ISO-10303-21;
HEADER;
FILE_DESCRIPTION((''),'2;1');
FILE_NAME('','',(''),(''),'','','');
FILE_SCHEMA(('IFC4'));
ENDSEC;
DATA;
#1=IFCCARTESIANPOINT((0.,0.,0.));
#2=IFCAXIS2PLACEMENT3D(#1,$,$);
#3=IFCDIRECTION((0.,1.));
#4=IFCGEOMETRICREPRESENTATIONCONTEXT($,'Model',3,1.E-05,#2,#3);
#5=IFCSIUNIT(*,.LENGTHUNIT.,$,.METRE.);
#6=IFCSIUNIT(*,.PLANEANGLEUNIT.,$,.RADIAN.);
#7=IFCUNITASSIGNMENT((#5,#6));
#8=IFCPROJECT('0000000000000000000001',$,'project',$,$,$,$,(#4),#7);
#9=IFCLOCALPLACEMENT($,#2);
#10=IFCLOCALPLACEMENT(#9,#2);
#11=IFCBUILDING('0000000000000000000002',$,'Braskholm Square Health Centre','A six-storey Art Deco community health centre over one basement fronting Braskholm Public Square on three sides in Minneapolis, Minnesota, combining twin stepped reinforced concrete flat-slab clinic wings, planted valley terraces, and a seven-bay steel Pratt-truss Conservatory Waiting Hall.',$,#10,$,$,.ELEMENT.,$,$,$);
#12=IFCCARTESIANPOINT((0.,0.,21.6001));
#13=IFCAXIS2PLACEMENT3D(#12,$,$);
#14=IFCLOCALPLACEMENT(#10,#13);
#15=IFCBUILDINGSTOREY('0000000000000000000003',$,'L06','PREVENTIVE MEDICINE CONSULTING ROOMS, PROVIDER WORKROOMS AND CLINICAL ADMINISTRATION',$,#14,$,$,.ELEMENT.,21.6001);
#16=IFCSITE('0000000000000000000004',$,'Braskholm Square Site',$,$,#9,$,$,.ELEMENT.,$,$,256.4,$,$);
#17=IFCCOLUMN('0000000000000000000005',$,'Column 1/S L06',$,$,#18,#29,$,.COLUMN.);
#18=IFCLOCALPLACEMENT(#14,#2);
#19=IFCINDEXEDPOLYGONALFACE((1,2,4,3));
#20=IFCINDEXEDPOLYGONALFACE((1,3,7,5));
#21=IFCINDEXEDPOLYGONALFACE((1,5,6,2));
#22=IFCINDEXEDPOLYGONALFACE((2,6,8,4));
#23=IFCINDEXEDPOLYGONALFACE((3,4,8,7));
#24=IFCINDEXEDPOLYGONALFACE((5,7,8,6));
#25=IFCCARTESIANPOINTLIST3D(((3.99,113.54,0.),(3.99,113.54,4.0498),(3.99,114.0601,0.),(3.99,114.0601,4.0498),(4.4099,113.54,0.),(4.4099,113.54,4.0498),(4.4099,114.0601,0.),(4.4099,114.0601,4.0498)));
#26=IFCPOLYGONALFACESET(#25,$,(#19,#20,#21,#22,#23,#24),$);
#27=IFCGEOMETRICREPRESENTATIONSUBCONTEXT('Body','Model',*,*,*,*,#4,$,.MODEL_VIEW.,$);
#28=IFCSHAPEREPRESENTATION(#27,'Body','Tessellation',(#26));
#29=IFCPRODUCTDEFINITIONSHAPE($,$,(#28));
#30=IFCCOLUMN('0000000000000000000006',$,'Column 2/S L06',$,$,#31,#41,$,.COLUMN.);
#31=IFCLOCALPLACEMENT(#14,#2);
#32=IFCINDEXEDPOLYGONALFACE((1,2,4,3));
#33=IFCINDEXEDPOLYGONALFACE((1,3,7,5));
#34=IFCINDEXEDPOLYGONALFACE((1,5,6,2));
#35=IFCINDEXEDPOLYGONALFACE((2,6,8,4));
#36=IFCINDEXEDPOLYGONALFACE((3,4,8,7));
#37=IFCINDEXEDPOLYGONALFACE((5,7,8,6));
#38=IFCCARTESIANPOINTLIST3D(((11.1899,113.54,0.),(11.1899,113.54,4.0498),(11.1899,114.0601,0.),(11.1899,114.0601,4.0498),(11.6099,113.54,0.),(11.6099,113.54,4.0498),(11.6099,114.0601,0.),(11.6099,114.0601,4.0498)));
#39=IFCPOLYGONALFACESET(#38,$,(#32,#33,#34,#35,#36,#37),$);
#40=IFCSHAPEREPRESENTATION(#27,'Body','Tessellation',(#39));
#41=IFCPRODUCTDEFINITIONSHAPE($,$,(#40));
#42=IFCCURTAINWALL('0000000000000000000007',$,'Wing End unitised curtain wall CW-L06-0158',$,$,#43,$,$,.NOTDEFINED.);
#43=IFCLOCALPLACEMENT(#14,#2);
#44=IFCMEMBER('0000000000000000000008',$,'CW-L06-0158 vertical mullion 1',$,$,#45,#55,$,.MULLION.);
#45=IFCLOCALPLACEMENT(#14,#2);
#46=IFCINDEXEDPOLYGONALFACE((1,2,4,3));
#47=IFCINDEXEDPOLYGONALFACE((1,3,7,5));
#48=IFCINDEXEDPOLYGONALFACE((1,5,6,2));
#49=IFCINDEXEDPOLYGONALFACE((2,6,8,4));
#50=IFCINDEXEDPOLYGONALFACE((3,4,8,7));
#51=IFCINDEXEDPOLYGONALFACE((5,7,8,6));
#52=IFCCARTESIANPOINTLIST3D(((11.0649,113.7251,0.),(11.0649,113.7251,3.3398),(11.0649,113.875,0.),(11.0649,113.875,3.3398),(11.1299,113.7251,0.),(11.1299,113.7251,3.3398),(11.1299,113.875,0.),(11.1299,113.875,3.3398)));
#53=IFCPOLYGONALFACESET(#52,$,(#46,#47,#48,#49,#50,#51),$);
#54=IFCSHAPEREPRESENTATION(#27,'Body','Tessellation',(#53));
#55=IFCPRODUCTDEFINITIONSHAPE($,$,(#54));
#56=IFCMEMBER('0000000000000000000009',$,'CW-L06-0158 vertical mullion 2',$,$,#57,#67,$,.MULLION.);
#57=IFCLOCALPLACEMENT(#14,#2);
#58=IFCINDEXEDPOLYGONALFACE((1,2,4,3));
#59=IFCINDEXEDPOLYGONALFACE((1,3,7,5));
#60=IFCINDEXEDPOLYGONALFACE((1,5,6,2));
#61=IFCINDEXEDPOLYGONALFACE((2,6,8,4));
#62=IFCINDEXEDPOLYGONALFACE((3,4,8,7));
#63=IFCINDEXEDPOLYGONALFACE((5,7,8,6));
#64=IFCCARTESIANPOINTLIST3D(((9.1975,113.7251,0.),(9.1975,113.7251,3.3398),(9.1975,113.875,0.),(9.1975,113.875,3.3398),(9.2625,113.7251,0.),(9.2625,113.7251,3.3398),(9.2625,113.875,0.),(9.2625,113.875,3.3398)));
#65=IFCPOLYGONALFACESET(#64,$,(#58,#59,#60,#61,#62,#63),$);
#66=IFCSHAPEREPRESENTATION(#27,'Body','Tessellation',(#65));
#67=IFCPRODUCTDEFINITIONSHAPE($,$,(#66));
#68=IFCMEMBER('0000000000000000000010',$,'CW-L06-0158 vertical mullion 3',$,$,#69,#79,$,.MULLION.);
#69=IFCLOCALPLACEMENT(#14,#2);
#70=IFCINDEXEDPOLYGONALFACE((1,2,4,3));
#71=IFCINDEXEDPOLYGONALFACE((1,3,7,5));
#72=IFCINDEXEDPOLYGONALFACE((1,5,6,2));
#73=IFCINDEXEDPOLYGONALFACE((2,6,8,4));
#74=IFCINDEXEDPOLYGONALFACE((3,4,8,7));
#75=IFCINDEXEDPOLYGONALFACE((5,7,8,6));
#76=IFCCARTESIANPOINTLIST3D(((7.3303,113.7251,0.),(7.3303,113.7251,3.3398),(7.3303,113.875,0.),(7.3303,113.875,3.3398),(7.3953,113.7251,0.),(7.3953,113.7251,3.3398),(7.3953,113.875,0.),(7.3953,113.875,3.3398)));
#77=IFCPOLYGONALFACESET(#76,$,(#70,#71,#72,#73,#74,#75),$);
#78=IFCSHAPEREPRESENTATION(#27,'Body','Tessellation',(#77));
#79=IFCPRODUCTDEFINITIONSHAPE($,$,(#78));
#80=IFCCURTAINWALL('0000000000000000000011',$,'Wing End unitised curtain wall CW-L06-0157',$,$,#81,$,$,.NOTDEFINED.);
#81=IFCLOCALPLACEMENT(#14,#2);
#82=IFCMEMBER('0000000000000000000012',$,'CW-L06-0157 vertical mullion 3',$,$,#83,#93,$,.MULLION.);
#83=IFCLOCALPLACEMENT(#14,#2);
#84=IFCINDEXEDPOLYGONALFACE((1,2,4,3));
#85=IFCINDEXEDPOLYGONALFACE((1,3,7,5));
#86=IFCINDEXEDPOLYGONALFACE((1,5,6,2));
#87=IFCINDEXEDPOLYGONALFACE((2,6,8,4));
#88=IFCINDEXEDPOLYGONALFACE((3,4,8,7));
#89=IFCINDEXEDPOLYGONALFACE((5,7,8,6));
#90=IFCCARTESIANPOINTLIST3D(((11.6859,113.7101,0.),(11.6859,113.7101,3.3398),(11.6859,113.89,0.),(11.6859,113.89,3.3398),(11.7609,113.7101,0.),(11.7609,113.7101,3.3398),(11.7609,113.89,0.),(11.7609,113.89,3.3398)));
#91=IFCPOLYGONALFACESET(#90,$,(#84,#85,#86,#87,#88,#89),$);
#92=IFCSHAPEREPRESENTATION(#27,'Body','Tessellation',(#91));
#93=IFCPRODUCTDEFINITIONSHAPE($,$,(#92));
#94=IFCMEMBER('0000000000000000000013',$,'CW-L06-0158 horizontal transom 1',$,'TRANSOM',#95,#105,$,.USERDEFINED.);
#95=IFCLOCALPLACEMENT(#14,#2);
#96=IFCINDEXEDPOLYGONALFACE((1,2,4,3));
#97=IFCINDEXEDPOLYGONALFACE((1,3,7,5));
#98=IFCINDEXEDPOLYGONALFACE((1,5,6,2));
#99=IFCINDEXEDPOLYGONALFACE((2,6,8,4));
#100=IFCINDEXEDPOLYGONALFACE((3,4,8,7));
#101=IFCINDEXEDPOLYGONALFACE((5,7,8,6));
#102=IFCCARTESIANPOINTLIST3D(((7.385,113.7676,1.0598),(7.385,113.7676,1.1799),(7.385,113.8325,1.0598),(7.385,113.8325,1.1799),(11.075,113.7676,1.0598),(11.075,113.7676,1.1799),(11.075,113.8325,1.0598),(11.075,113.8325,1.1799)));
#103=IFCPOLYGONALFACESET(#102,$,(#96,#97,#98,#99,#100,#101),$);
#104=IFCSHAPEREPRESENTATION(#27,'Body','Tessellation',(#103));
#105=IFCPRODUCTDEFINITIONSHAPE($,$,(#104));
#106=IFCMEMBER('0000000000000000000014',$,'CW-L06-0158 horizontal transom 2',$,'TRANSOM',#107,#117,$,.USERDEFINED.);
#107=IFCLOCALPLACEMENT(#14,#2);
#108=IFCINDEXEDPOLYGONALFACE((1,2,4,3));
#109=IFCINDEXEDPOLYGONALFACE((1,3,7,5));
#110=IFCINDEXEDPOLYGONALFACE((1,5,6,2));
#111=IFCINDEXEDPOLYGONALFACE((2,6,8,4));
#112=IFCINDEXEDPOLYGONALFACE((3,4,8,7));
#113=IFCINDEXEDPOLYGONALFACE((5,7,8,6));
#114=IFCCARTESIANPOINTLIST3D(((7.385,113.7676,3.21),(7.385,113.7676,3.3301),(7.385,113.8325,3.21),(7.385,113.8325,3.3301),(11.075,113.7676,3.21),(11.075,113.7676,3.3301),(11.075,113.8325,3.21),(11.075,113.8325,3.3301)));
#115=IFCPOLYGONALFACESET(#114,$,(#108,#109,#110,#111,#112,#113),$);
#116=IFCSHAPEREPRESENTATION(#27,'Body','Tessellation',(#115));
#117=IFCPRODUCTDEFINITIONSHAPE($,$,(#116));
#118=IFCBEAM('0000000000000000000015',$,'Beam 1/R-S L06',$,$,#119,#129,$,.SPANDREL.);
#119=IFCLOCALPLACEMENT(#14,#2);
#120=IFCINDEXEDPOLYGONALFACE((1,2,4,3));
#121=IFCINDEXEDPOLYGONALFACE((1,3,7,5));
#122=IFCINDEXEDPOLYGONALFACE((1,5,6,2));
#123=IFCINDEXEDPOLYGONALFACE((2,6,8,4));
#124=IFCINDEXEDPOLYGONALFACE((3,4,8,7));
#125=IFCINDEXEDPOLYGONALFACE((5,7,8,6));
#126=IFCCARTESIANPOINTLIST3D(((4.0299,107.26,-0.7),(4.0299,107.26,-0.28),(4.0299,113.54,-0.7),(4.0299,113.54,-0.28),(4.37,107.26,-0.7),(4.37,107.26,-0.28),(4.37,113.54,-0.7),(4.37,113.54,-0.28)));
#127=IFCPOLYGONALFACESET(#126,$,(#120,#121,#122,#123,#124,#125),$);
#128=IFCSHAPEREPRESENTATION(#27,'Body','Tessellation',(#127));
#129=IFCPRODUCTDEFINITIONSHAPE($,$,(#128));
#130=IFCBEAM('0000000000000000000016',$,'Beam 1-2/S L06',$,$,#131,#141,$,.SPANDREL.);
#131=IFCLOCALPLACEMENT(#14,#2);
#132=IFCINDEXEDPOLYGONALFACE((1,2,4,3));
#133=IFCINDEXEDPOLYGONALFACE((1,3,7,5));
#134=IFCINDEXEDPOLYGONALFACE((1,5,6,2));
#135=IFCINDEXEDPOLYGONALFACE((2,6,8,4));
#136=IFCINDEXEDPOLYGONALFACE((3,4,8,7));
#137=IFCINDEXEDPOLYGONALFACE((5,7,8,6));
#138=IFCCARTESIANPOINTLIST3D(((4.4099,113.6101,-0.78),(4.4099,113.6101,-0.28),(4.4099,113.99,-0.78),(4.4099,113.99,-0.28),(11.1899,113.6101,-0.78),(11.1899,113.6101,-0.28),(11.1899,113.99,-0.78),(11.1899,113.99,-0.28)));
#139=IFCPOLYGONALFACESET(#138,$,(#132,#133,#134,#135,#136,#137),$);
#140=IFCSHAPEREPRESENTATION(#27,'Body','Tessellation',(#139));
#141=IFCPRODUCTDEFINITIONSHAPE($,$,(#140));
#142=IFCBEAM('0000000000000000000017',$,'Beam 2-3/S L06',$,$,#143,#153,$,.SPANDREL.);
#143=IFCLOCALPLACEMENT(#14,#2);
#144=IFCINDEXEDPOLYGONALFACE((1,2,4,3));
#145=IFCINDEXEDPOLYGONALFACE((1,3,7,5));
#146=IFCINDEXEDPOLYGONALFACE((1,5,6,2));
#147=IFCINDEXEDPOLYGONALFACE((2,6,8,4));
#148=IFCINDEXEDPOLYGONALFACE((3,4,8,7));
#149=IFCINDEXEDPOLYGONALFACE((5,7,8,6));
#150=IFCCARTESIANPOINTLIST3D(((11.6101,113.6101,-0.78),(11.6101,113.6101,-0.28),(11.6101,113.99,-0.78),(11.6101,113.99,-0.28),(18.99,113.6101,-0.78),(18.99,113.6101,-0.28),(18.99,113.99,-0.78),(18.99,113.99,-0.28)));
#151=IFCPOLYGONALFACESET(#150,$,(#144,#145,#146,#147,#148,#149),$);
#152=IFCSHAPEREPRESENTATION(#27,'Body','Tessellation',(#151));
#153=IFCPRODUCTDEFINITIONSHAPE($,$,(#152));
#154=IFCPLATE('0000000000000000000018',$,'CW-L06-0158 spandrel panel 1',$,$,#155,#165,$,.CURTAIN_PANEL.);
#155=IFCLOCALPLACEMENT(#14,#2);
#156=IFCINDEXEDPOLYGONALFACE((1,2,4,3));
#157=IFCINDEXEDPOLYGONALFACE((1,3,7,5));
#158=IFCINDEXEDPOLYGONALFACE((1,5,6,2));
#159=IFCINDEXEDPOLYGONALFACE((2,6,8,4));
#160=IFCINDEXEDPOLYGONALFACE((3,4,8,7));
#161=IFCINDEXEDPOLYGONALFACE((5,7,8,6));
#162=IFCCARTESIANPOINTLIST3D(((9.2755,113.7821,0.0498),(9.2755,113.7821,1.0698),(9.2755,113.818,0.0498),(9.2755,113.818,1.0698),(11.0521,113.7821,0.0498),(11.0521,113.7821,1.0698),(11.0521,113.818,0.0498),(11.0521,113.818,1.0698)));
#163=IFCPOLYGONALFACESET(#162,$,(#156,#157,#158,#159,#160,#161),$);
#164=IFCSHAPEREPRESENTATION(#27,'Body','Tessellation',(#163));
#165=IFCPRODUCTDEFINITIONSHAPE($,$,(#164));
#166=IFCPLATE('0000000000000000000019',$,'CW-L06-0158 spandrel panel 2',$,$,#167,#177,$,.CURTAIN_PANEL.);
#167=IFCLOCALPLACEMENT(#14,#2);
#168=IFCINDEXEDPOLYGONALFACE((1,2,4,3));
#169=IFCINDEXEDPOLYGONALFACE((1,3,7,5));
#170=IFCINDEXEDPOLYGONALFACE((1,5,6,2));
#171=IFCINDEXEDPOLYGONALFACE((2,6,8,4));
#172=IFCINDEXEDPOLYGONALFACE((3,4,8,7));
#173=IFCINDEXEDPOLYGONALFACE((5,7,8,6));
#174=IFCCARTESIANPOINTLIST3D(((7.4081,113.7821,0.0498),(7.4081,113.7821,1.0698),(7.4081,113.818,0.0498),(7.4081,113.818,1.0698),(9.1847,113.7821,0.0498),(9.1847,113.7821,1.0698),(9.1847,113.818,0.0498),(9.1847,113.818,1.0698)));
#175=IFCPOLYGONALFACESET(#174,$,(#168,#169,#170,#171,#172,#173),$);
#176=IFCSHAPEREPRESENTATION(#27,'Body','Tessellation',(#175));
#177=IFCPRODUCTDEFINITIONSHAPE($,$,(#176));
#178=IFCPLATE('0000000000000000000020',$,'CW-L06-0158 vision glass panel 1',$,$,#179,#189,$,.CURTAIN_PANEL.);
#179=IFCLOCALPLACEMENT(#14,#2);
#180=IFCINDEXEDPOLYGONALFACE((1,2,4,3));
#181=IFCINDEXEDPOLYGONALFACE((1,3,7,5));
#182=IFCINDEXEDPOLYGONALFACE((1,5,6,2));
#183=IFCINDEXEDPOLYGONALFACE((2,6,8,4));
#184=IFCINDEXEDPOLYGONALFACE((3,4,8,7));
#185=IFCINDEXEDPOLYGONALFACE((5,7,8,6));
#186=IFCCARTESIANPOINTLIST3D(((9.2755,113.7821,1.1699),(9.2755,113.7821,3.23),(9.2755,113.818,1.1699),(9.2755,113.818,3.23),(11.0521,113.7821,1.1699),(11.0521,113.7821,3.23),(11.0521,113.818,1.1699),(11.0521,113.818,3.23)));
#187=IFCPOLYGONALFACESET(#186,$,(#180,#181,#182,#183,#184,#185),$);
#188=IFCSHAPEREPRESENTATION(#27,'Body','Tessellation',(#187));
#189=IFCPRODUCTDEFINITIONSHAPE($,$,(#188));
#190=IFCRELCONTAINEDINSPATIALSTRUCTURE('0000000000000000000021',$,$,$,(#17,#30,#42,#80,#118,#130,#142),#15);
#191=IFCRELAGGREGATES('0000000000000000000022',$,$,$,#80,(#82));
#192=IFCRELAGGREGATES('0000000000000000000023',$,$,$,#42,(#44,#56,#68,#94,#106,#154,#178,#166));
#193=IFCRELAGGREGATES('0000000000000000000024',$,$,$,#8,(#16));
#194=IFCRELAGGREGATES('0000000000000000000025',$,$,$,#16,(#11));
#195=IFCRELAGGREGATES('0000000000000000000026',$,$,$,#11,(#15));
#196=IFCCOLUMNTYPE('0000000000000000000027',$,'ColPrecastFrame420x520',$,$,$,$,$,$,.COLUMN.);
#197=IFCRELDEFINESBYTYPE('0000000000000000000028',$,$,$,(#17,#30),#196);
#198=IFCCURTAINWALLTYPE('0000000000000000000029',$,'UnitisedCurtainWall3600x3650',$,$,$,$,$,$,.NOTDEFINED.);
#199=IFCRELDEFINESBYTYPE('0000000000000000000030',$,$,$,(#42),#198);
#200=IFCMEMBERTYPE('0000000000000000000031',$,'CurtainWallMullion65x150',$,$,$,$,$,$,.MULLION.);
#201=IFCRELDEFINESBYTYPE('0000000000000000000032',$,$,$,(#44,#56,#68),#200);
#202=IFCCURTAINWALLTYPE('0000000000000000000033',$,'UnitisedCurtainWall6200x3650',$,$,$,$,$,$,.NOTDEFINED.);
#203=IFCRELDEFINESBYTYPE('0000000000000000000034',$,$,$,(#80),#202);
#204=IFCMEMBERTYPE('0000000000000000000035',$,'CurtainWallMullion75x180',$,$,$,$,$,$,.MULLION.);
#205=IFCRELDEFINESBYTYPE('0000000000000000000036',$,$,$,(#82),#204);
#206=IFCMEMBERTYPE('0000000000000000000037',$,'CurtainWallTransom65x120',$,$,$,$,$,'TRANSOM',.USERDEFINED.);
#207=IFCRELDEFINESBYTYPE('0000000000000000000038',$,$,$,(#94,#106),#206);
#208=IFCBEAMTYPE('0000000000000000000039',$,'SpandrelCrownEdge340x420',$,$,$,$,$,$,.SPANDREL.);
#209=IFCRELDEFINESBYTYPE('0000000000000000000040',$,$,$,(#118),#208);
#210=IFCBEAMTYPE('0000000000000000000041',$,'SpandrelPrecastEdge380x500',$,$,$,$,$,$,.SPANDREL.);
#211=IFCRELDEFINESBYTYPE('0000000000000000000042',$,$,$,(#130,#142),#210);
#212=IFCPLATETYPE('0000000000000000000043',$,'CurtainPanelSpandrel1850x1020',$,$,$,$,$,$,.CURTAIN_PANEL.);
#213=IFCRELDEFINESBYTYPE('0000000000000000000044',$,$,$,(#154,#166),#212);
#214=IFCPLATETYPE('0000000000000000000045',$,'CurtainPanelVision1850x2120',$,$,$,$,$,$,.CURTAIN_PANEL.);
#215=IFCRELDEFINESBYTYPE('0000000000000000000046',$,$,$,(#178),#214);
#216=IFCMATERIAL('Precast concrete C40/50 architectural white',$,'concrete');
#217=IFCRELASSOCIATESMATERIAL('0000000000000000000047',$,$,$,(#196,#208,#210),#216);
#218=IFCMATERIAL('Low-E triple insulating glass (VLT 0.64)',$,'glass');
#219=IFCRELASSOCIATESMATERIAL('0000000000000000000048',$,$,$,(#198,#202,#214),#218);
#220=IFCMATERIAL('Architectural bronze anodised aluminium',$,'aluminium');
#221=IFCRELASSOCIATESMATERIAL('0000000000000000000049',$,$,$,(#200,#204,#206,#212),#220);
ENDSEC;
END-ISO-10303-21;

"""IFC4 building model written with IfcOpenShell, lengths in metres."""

from ifc_helpers import new_model, si_unit, direction, frame, origin, origin_2d, place, context, subcontext, project, spatial, rectangle, extrude, material, material_profile, profile_set, type_object, element, aggregate, save


model = new_model("IFC4")

# Units and contexts
model_context = context("Model", 3, precision=1e-05, world=origin(), true_north=direction((0.0, 1.0)))
body_context = subcontext(model_context, "Body", "Model", "MODEL_VIEW")
ifc_project = project(units=[si_unit("LENGTHUNIT", "METRE"), si_unit("PLANEANGLEUNIT", "RADIAN")], contexts=[model_context])

# Site, building, storey
site_placement = place(None, origin())
site = spatial("IfcSite", under=ifc_project, at=site_placement, Name="Braskholm Square Site", CompositionType="ELEMENT", RefElevation=256.4)
building_placement = place(site_placement, origin())
building = spatial("IfcBuilding", under=site, at=building_placement, Name="Braskholm Square Health Centre", Description="A six-storey Art Deco community health centre over one basement fronting Braskholm Public Square on three sides in Minneapolis, Minnesota, combining twin stepped reinforced concrete flat-slab clinic wings, planted valley terraces, and a seven-bay steel Pratt-truss Conservatory Waiting Hall.", CompositionType="ELEMENT")
storey_placement = place(building_placement, frame((0.0, 0.0, 21.6001)))
storey = spatial("IfcBuildingStorey", under=building, at=storey_placement, Name="L06", Description="PREVENTIVE MEDICINE CONSULTING ROOMS, PROVIDER WORKROOMS AND CLINICAL ADMINISTRATION", CompositionType="ELEMENT", Elevation=21.6001)

# Columns
ifc_material_1 = material(Name="Precast concrete C40/50 architectural white", Category="concrete")
ifc_material_profile_1 = material_profile(ifc_material_1, rectangle(XDim=0.4199, YDim=0.52, at=origin_2d()), Name="RC-420X520")
ifc_profile_set_1 = profile_set([ifc_material_profile_1], Name="Precast concrete C40/50 architectural white")
column_type = type_object("IfcColumnType", Name="ColPrecastFrame420x520", PredefinedType="COLUMN", material=ifc_profile_set_1)
for number, where, z_axis, x_axis, name in (
    (1, (4.2, 113.8, 0.0), (0.0, 0.0, 1.0), (1.0, 0.0, 0.0), "Column 1/S L06"),
    (2, (11.3999, 113.8, 0.0), (0.0, 0.0, 1.0), (1.0, 0.0, 0.0), "Column 2/S L06"),
):
    element("IfcColumn", number, at=place(storey_placement, frame(where, z_axis=z_axis, x_axis=x_axis)), inside=storey, type_object=column_type, Name=name, PredefinedType="COLUMN", context=body_context, shape_type="SweptSolid", body=[
        extrude(rectangle(XDim=0.4199, YDim=0.52, at=origin_2d()), origin(), (0.0, 0.0, 1.0), 4.0498),
    ])

# Curtain wall, members
ifc_material_2 = material(Name="Low-E triple insulating glass (VLT 0.64)", Category="glass")
curtain_wall_type_1 = type_object("IfcCurtainWallType", Name="UnitisedCurtainWall3600x3650", PredefinedType="NOTDEFINED", material=ifc_material_2)
curtain_wall_1_placement = place(storey_placement, origin())
curtain_wall_1 = element("IfcCurtainWall", 3, at=curtain_wall_1_placement, inside=storey, type_object=curtain_wall_type_1, Name="Wing End unitised curtain wall CW-L06-0158", PredefinedType="NOTDEFINED")
ifc_material_3 = material(Name="Architectural bronze anodised aluminium", Category="aluminium")
ifc_material_profile_2 = material_profile(ifc_material_3, rectangle(XDim=0.0649, YDim=0.1499, at=origin_2d()), Name="ALU-65X150")
ifc_profile_set_2 = profile_set([ifc_material_profile_2], Name="Architectural bronze anodised aluminium")
member_type_1 = type_object("IfcMemberType", Name="CurtainWallMullion65x150", PredefinedType="MULLION", material=ifc_profile_set_2)
member_1_placement = place(storey_placement, frame((11.0974, 113.8, 0.0), z_axis=(0.0, 0.0, 1.0), x_axis=(1.0, 0.0, 0.0)))
member_1 = element("IfcMember", 4, at=member_1_placement, type_object=member_type_1, Name="CW-L06-0158 vertical mullion 1", PredefinedType="MULLION", context=body_context, shape_type="SweptSolid", body=[
    extrude(rectangle(XDim=0.0649, YDim=0.1499, at=origin_2d()), origin(), (0.0, 0.0, 1.0), 3.3398),
])
member_2_placement = place(storey_placement, frame((9.23, 113.8, 0.0), z_axis=(0.0, 0.0, 1.0), x_axis=(1.0, 0.0, 0.0)))
member_2 = element("IfcMember", 5, at=member_2_placement, type_object=member_type_1, Name="CW-L06-0158 vertical mullion 2", PredefinedType="MULLION", context=body_context, shape_type="SweptSolid", body=[
    extrude(rectangle(XDim=0.0649, YDim=0.1499, at=origin_2d()), origin(), (0.0, 0.0, 1.0), 3.3398),
])
member_3_placement = place(storey_placement, frame((7.3628, 113.8, 0.0), z_axis=(0.0, 0.0, 1.0), x_axis=(1.0, 0.0, 0.0)))
member_3 = element("IfcMember", 6, at=member_3_placement, type_object=member_type_1, Name="CW-L06-0158 vertical mullion 3", PredefinedType="MULLION", context=body_context, shape_type="SweptSolid", body=[
    extrude(rectangle(XDim=0.0649, YDim=0.1499, at=origin_2d()), origin(), (0.0, 0.0, 1.0), 3.3398),
])

# Curtain wall, member
curtain_wall_type_2 = type_object("IfcCurtainWallType", Name="UnitisedCurtainWall6200x3650", PredefinedType="NOTDEFINED", material=ifc_material_2)
curtain_wall_2_placement = place(storey_placement, origin())
curtain_wall_2 = element("IfcCurtainWall", 7, at=curtain_wall_2_placement, inside=storey, type_object=curtain_wall_type_2, Name="Wing End unitised curtain wall CW-L06-0157", PredefinedType="NOTDEFINED")
ifc_material_profile_3 = material_profile(ifc_material_3, rectangle(XDim=0.075, YDim=0.1799, at=origin_2d()), Name="ALU-75X180")
ifc_profile_set_3 = profile_set([ifc_material_profile_3], Name="Architectural bronze anodised aluminium")
member_type_2 = type_object("IfcMemberType", Name="CurtainWallMullion75x180", PredefinedType="MULLION", material=ifc_profile_set_3)
member_4_placement = place(storey_placement, frame((11.7234, 113.8, 0.0), z_axis=(0.0, 0.0, 1.0), x_axis=(1.0, 0.0, 0.0)))
member_4 = element("IfcMember", 8, at=member_4_placement, type_object=member_type_2, Name="CW-L06-0157 vertical mullion 3", PredefinedType="MULLION", context=body_context, shape_type="SweptSolid", body=[
    extrude(rectangle(XDim=0.075, YDim=0.1799, at=origin_2d()), origin(), (0.0, 0.0, 1.0), 3.3398),
])
aggregate(curtain_wall_2, [member_4])

# Members
ifc_material_profile_4 = material_profile(ifc_material_3, rectangle(XDim=0.0649, YDim=0.1201, at=origin_2d()), Name="ALU-65X120")
ifc_profile_set_4 = profile_set([ifc_material_profile_4], Name="Architectural bronze anodised aluminium")
member_type_3 = type_object("IfcMemberType", Name="CurtainWallTransom65x120", ElementType="TRANSOM", PredefinedType="USERDEFINED", material=ifc_profile_set_4)
member_5_placement = place(storey_placement, frame((11.075, 113.8, 1.1199), z_axis=(-1.0, 0.0, 0.0), x_axis=(0.0, -1.0, 0.0)))
member_5 = element("IfcMember", 9, at=member_5_placement, type_object=member_type_3, Name="CW-L06-0158 horizontal transom 1", ObjectType="TRANSOM", PredefinedType="USERDEFINED", context=body_context, shape_type="SweptSolid", body=[
    extrude(rectangle(XDim=0.0649, YDim=0.1201, at=origin_2d()), origin(), (0.0, 0.0, 1.0), 3.6899),
])
member_6_placement = place(storey_placement, frame((11.075, 113.8, 3.27), z_axis=(-1.0, 0.0, 0.0), x_axis=(0.0, -1.0, 0.0)))
member_6 = element("IfcMember", 10, at=member_6_placement, type_object=member_type_3, Name="CW-L06-0158 horizontal transom 2", ObjectType="TRANSOM", PredefinedType="USERDEFINED", context=body_context, shape_type="SweptSolid", body=[
    extrude(rectangle(XDim=0.0649, YDim=0.1201, at=origin_2d()), origin(), (0.0, 0.0, 1.0), 3.6899),
])

# Beams
ifc_material_profile_5 = material_profile(ifc_material_1, rectangle(XDim=0.3401, YDim=0.4199, at=origin_2d()), Name="RCB-340X420")
ifc_profile_set_5 = profile_set([ifc_material_profile_5], Name="Precast concrete C40/50 architectural white")
beam_type_1 = type_object("IfcBeamType", Name="SpandrelCrownEdge340x420", PredefinedType="SPANDREL", material=ifc_profile_set_5)
beam_1_placement = place(storey_placement, frame((4.2, 107.26, -0.49), z_axis=(0.0, 1.0, 0.0), x_axis=(-1.0, 0.0, 0.0)))
element("IfcBeam", 11, at=beam_1_placement, inside=storey, type_object=beam_type_1, Name="Beam 1/R-S L06", PredefinedType="SPANDREL", context=body_context, shape_type="SweptSolid", body=[
    extrude(rectangle(XDim=0.3401, YDim=0.4199, at=origin_2d()), origin(), (0.0, 0.0, 1.0), 6.28),
])
ifc_material_profile_6 = material_profile(ifc_material_1, rectangle(XDim=0.3799, YDim=0.5, at=origin_2d()), Name="RCB-380X500")
ifc_profile_set_6 = profile_set([ifc_material_profile_6], Name="Precast concrete C40/50 architectural white")
beam_type_2 = type_object("IfcBeamType", Name="SpandrelPrecastEdge380x500", PredefinedType="SPANDREL", material=ifc_profile_set_6)
beam_2_placement = place(storey_placement, frame((4.4099, 113.8, -0.53), z_axis=(1.0, 0.0, 0.0), x_axis=(0.0, 1.0, 0.0)))
element("IfcBeam", 12, at=beam_2_placement, inside=storey, type_object=beam_type_2, Name="Beam 1-2/S L06", PredefinedType="SPANDREL", context=body_context, shape_type="SweptSolid", body=[
    extrude(rectangle(XDim=0.3799, YDim=0.5, at=origin_2d()), origin(), (0.0, 0.0, 1.0), 6.78),
])
beam_3_placement = place(storey_placement, frame((11.6101, 113.8, -0.53), z_axis=(1.0, 0.0, 0.0), x_axis=(0.0, 1.0, 0.0)))
element("IfcBeam", 13, at=beam_3_placement, inside=storey, type_object=beam_type_2, Name="Beam 2-3/S L06", PredefinedType="SPANDREL", context=body_context, shape_type="SweptSolid", body=[
    extrude(rectangle(XDim=0.3799, YDim=0.5, at=origin_2d()), origin(), (0.0, 0.0, 1.0), 7.3799),
])

# Plates
plate_type_1 = type_object("IfcPlateType", Name="CurtainPanelSpandrel1850x1020", PredefinedType="CURTAIN_PANEL", material=ifc_material_3)
plate_1_placement = place(storey_placement, frame((10.1638, 113.8, 0.0498), z_axis=(0.0, 0.0, 1.0), x_axis=(-1.0, 0.0, 0.0)))
plate_1 = element("IfcPlate", 14, at=plate_1_placement, type_object=plate_type_1, Name="CW-L06-0158 spandrel panel 1", PredefinedType="CURTAIN_PANEL", context=body_context, shape_type="SweptSolid", body=[
    extrude(rectangle(XDim=1.7766, YDim=0.0359, at=origin_2d()), origin(), (0.0, 0.0, 1.0), 1.02),
])
plate_2_placement = place(storey_placement, frame((8.2964, 113.8, 0.0498), z_axis=(0.0, 0.0, 1.0), x_axis=(-1.0, 0.0, 0.0)))
plate_2 = element("IfcPlate", 15, at=plate_2_placement, type_object=plate_type_1, Name="CW-L06-0158 spandrel panel 2", PredefinedType="CURTAIN_PANEL", context=body_context, shape_type="SweptSolid", body=[
    extrude(rectangle(XDim=1.7766, YDim=0.0359, at=origin_2d()), origin(), (0.0, 0.0, 1.0), 1.02),
])
plate_type_2 = type_object("IfcPlateType", Name="CurtainPanelVision1850x2120", PredefinedType="CURTAIN_PANEL", material=ifc_material_2)
plate_3_placement = place(storey_placement, frame((10.1638, 113.8, 1.1699), z_axis=(0.0, 0.0, 1.0), x_axis=(-1.0, 0.0, 0.0)))
plate_3 = element("IfcPlate", 16, at=plate_3_placement, type_object=plate_type_2, Name="CW-L06-0158 vision glass panel 1", PredefinedType="CURTAIN_PANEL", context=body_context, shape_type="SweptSolid", body=[
    extrude(rectangle(XDim=1.7766, YDim=0.0359, at=origin_2d()), origin(), (0.0, 0.0, 1.0), 2.0601),
])
aggregate(curtain_wall_1, [member_1, member_2, member_3, member_5, member_6, plate_1, plate_3, plate_2])

save(model, "model.ifc")
